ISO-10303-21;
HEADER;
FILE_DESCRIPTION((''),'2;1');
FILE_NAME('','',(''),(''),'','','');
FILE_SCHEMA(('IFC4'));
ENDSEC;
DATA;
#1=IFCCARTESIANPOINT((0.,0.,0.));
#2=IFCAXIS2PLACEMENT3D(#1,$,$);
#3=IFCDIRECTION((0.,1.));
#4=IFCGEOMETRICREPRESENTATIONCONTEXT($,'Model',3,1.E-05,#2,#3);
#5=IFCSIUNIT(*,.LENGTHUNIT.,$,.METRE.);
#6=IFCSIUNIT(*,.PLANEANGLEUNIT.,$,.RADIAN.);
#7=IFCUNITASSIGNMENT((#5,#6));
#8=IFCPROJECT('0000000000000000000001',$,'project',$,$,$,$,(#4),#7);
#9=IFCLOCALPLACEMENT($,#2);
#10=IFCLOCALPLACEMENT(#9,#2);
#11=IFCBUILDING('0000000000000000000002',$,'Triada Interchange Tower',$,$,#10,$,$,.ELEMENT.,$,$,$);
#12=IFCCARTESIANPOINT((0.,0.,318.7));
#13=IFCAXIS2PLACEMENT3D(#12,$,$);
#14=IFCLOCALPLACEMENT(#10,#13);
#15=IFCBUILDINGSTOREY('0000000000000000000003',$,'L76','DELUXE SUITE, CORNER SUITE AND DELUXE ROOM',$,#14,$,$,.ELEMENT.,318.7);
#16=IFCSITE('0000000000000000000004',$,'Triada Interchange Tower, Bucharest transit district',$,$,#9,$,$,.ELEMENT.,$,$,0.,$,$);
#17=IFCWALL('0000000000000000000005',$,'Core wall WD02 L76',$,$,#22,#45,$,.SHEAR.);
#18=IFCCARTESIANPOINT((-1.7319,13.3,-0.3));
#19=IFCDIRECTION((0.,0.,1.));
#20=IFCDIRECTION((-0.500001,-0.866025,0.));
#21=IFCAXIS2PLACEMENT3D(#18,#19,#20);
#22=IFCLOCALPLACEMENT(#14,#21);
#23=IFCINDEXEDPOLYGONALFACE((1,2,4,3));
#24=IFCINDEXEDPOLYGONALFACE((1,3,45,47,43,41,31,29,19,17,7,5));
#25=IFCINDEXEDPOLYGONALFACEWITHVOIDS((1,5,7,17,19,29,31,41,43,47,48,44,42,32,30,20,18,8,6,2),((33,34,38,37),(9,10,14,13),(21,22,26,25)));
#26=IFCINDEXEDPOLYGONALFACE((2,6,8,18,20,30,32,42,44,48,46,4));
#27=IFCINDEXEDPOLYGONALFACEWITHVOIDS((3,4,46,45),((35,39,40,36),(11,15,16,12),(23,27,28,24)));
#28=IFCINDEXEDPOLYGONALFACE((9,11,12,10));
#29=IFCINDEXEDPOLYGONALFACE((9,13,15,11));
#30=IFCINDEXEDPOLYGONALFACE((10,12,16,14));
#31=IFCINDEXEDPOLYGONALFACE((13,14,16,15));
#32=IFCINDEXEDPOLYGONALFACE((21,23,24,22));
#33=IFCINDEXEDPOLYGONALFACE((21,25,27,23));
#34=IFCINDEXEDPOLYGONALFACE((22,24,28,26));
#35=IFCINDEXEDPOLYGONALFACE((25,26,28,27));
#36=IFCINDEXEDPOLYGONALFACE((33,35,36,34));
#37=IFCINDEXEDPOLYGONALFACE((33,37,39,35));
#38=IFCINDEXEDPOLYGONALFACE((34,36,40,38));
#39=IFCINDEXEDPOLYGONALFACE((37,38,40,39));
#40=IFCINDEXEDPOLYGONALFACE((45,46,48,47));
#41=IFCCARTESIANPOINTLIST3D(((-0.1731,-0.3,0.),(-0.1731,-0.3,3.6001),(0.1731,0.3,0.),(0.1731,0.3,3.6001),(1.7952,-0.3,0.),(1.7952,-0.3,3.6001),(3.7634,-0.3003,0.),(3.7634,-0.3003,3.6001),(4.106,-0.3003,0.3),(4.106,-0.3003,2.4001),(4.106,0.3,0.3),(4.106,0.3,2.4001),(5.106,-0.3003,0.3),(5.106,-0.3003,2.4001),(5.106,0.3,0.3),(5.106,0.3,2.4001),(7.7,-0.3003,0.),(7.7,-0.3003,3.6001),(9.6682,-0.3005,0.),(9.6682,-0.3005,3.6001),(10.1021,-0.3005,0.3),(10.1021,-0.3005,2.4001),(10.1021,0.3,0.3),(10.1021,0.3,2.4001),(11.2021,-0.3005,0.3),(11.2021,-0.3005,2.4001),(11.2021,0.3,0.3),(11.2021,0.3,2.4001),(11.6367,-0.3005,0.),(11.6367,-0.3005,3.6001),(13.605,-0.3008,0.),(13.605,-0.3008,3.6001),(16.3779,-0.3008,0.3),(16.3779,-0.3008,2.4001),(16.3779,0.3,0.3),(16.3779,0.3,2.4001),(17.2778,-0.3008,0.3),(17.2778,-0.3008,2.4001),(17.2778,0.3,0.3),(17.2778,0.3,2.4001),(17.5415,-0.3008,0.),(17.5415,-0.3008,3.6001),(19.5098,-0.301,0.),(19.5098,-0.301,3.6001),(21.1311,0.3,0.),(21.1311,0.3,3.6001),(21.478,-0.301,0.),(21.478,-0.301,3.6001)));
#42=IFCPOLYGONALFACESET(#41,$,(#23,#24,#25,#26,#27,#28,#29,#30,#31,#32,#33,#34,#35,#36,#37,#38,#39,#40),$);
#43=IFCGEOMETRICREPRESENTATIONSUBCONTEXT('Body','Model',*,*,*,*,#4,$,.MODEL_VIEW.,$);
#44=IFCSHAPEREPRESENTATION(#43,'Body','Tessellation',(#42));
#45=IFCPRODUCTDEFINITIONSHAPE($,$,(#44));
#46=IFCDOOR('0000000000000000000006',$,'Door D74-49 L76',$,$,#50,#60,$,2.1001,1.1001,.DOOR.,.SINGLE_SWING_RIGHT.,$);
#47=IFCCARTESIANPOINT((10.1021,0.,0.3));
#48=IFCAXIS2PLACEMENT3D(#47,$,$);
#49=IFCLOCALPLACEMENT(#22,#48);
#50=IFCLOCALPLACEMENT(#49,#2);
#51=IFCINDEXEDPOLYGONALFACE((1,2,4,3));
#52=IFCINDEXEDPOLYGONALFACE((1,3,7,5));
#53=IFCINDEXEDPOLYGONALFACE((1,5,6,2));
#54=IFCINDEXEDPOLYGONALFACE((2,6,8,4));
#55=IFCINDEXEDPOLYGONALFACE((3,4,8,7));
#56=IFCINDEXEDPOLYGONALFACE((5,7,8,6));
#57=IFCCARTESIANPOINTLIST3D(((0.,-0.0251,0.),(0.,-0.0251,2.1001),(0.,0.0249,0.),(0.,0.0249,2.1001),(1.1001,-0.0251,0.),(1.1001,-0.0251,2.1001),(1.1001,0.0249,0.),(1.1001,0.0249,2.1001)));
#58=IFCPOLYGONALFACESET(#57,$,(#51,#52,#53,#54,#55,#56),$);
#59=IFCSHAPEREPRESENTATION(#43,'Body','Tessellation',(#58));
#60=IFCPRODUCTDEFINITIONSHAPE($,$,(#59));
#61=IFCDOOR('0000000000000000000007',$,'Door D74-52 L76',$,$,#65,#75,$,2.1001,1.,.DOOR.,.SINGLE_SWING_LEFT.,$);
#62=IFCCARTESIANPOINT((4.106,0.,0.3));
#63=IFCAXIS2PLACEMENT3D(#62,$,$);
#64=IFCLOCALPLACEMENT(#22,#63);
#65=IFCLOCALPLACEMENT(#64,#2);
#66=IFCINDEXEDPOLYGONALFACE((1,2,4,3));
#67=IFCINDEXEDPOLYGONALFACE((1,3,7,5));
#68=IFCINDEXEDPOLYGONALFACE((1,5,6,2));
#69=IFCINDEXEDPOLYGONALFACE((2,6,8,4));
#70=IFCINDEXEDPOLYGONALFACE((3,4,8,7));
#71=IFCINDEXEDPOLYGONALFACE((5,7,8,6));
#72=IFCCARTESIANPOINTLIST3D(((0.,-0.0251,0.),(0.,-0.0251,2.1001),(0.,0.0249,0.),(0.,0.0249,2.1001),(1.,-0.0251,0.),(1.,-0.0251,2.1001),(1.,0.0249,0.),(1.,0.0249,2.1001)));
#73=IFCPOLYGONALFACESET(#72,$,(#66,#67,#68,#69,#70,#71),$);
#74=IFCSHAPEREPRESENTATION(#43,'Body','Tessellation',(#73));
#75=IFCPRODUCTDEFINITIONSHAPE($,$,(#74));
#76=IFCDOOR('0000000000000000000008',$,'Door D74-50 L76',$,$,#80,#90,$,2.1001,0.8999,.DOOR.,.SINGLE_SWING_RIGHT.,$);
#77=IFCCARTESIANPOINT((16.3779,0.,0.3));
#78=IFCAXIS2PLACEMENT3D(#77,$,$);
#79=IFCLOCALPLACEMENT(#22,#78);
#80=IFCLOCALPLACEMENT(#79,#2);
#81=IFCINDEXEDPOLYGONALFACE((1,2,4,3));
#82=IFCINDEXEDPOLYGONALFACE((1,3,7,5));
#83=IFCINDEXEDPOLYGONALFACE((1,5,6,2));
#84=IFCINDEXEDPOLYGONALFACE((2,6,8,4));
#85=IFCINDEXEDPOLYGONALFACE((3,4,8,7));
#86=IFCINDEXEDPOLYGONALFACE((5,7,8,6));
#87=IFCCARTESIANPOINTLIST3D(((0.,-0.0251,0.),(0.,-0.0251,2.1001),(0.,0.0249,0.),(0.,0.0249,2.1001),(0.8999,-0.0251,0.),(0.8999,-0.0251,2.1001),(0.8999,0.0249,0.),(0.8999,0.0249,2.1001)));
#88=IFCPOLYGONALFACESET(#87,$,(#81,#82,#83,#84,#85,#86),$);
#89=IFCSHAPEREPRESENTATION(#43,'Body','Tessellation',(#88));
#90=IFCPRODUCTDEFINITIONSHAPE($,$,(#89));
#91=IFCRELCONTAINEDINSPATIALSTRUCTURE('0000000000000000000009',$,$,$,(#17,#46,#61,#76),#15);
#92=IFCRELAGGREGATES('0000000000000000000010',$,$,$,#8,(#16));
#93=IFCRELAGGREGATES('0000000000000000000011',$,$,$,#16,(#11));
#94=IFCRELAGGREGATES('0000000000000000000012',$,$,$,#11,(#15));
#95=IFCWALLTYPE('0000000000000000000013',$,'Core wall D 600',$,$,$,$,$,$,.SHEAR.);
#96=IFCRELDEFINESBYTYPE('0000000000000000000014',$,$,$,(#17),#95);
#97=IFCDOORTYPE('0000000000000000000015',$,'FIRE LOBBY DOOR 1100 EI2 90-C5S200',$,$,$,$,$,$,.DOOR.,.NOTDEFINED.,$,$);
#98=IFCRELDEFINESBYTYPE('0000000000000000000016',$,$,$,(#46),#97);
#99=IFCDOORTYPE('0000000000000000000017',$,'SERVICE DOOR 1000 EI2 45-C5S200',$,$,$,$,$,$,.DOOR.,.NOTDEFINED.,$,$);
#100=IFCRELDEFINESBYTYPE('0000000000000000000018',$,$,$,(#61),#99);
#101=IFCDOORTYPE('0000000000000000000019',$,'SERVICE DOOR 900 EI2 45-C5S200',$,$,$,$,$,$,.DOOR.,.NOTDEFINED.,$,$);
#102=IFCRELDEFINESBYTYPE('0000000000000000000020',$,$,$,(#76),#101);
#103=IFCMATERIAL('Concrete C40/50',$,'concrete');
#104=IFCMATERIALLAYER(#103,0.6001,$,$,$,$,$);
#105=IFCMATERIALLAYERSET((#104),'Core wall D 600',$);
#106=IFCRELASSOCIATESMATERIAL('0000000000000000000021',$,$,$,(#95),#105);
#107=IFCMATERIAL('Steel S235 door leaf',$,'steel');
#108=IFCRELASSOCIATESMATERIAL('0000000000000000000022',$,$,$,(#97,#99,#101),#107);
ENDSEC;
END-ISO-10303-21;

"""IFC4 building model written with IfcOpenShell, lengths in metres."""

from ifc_helpers import new_model, si_unit, direction, frame, frame_2d, origin, place, context, subcontext, project, spatial, polyline, rectangle, outline, extrude, material, layer, layer_set, type_object, element, fill, save


model = new_model("IFC4")

# Units and contexts
model_context = context("Model", 3, precision=1e-05, world=origin(), true_north=direction((0.0, 1.0)))
body_context = subcontext(model_context, "Body", "Model", "MODEL_VIEW")
ifc_project = project(units=[si_unit("LENGTHUNIT", "METRE"), si_unit("PLANEANGLEUNIT", "RADIAN")], contexts=[model_context])

# Site, building, storey
site_placement = place(None, origin())
site = spatial("IfcSite", under=ifc_project, at=site_placement, Name="Triada Interchange Tower, Bucharest transit district", CompositionType="ELEMENT", RefElevation=0.0)
building_placement = place(site_placement, origin())
building = spatial("IfcBuilding", under=site, at=building_placement, Name="Triada Interchange Tower", CompositionType="ELEMENT")
storey_placement = place(building_placement, frame((0.0, 0.0, 318.7)))
storey = spatial("IfcBuildingStorey", under=building, at=storey_placement, Name="L76", Description="DELUXE SUITE, CORNER SUITE AND DELUXE ROOM", CompositionType="ELEMENT", Elevation=318.7)

# Shared definitions
ifc_material_1 = material(Name="Concrete C40/50", Category="concrete")

# Wall, openings, doors
ifc_layer_1 = layer(ifc_material_1, 0.6001)
ifc_layer_set_1 = layer_set([ifc_layer_1], Name="Core wall D 600")
wall_type_1 = type_object("IfcWallType", Name="Core wall D 600", PredefinedType="SHEAR", material=ifc_layer_set_1)
wall_1_placement = place(storey_placement, frame((-1.7319, 13.3, -0.3), z_axis=(0.0, 0.0, 1.0), x_axis=(-0.500001, -0.866025, 0.0)))
wall_1 = element("IfcWall", 1, at=wall_1_placement, inside=storey, type_object=wall_type_1, Name="Core wall WD02 L76", PredefinedType="SHEAR", context=body_context, shape_type="SweptSolid", body=[
    extrude(outline(polyline([(-0.1731, -0.3), (1.7952, -0.3), (3.7634, -0.3003), (5.7317, -0.3003), (7.7, -0.3003), (9.6682, -0.3005), (11.6367, -0.3005), (13.605, -0.3008), (15.5732, -0.3008), (17.5415, -0.3008), (19.5098, -0.301), (21.478, -0.301), (21.1311, 0.3), (19.2258, 0.3), (17.3206, 0.3), (15.4153, 0.3), (13.51, 0.3), (11.6047, 0.3), (9.6995, 0.3), (7.7942, 0.3), (5.8889, 0.3), (3.9836, 0.3), (2.0784, 0.3), (0.1731, 0.3), (-0.1731, -0.3)])), origin(), (0.0, 0.0, 1.0), 3.6001),
])
opening_1_placement = place(wall_1_placement, frame((10.1021, 0.0, 0.3)))
opening_1 = element("IfcOpeningElement", 2, at=opening_1_placement, cuts=wall_1, PredefinedType="OPENING", context=body_context, shape_type="SweptSolid", body=[
    extrude(rectangle(XDim=1.1001, YDim=2.1001, at=frame_2d((0.55, 1.05))), frame((0.0, 0.3101, 0.0), z_axis=(0.0, -1.0, 0.0), x_axis=(1.0, 0.0, 0.0)), (0.0, 0.0, 1.0), 0.6211),
])
opening_2_placement = place(wall_1_placement, frame((16.3779, 0.0, 0.3)))
opening_2 = element("IfcOpeningElement", 3, at=opening_2_placement, cuts=wall_1, PredefinedType="OPENING", context=body_context, shape_type="SweptSolid", body=[
    extrude(rectangle(XDim=0.8999, YDim=2.1001, at=frame_2d((0.45, 1.05))), frame((0.0, 0.3101, 0.0), z_axis=(0.0, -1.0, 0.0), x_axis=(1.0, 0.0, 0.0)), (0.0, 0.0, 1.0), 0.6211),
])
opening_3_placement = place(wall_1_placement, frame((4.106, 0.0, 0.3)))
opening_3 = element("IfcOpeningElement", 4, at=opening_3_placement, cuts=wall_1, PredefinedType="OPENING", context=body_context, shape_type="SweptSolid", body=[
    extrude(rectangle(XDim=1.0, YDim=2.1001, at=frame_2d((0.5, 1.05))), frame((0.0, 0.3101, 0.0), z_axis=(0.0, -1.0, 0.0), x_axis=(1.0, 0.0, 0.0)), (0.0, 0.0, 1.0), 0.6211),
])
ifc_material_2 = material(Name="Steel S235 door leaf", Category="steel")
door_type_1 = type_object("IfcDoorType", Name="FIRE LOBBY DOOR 1100 EI2 90-C5S200", OperationType="NOTDEFINED", PredefinedType="DOOR", material=ifc_material_2)
door_1_placement = place(opening_1_placement, origin())
door_1 = element("IfcDoor", 5, at=door_1_placement, inside=storey, type_object=door_type_1, Name="Door D74-49 L76", OperationType="SINGLE_SWING_RIGHT", OverallHeight=2.1001, OverallWidth=1.1001, PredefinedType="DOOR", context=body_context, shape_type="SweptSolid", body=[
    extrude(rectangle(XDim=1.1001, YDim=2.1001, at=frame_2d((0.55, 1.05))), frame((0.0, 0.0249, 0.0), z_axis=(0.0, -1.0, 0.0), x_axis=(1.0, 0.0, 0.0)), (0.0, 0.0, 1.0), 0.05),
])
fill(opening_1, door_1)
door_type_2 = type_object("IfcDoorType", Name="SERVICE DOOR 1000 EI2 45-C5S200", OperationType="NOTDEFINED", PredefinedType="DOOR", material=ifc_material_2)
door_2_placement = place(opening_3_placement, origin())
door_2 = element("IfcDoor", 6, at=door_2_placement, inside=storey, type_object=door_type_2, Name="Door D74-52 L76", OperationType="SINGLE_SWING_LEFT", OverallHeight=2.1001, OverallWidth=1.0, PredefinedType="DOOR", context=body_context, shape_type="SweptSolid", body=[
    extrude(rectangle(XDim=1.0, YDim=2.1001, at=frame_2d((0.5, 1.05))), frame((0.0, 0.0249, 0.0), z_axis=(0.0, -1.0, 0.0), x_axis=(1.0, 0.0, 0.0)), (0.0, 0.0, 1.0), 0.05),
])
fill(opening_3, door_2)
door_type_3 = type_object("IfcDoorType", Name="SERVICE DOOR 900 EI2 45-C5S200", OperationType="NOTDEFINED", PredefinedType="DOOR", material=ifc_material_2)
door_3_placement = place(opening_2_placement, origin())
door_3 = element("IfcDoor", 7, at=door_3_placement, inside=storey, type_object=door_type_3, Name="Door D74-50 L76", OperationType="SINGLE_SWING_RIGHT", OverallHeight=2.1001, OverallWidth=0.8999, PredefinedType="DOOR", context=body_context, shape_type="SweptSolid", body=[
    extrude(rectangle(XDim=0.8999, YDim=2.1001, at=frame_2d((0.45, 1.05))), frame((0.0, 0.0249, 0.0), z_axis=(0.0, -1.0, 0.0), x_axis=(1.0, 0.0, 0.0)), (0.0, 0.0, 1.0), 0.05),
])
fill(opening_2, door_3)

save(model, "model.ifc")
